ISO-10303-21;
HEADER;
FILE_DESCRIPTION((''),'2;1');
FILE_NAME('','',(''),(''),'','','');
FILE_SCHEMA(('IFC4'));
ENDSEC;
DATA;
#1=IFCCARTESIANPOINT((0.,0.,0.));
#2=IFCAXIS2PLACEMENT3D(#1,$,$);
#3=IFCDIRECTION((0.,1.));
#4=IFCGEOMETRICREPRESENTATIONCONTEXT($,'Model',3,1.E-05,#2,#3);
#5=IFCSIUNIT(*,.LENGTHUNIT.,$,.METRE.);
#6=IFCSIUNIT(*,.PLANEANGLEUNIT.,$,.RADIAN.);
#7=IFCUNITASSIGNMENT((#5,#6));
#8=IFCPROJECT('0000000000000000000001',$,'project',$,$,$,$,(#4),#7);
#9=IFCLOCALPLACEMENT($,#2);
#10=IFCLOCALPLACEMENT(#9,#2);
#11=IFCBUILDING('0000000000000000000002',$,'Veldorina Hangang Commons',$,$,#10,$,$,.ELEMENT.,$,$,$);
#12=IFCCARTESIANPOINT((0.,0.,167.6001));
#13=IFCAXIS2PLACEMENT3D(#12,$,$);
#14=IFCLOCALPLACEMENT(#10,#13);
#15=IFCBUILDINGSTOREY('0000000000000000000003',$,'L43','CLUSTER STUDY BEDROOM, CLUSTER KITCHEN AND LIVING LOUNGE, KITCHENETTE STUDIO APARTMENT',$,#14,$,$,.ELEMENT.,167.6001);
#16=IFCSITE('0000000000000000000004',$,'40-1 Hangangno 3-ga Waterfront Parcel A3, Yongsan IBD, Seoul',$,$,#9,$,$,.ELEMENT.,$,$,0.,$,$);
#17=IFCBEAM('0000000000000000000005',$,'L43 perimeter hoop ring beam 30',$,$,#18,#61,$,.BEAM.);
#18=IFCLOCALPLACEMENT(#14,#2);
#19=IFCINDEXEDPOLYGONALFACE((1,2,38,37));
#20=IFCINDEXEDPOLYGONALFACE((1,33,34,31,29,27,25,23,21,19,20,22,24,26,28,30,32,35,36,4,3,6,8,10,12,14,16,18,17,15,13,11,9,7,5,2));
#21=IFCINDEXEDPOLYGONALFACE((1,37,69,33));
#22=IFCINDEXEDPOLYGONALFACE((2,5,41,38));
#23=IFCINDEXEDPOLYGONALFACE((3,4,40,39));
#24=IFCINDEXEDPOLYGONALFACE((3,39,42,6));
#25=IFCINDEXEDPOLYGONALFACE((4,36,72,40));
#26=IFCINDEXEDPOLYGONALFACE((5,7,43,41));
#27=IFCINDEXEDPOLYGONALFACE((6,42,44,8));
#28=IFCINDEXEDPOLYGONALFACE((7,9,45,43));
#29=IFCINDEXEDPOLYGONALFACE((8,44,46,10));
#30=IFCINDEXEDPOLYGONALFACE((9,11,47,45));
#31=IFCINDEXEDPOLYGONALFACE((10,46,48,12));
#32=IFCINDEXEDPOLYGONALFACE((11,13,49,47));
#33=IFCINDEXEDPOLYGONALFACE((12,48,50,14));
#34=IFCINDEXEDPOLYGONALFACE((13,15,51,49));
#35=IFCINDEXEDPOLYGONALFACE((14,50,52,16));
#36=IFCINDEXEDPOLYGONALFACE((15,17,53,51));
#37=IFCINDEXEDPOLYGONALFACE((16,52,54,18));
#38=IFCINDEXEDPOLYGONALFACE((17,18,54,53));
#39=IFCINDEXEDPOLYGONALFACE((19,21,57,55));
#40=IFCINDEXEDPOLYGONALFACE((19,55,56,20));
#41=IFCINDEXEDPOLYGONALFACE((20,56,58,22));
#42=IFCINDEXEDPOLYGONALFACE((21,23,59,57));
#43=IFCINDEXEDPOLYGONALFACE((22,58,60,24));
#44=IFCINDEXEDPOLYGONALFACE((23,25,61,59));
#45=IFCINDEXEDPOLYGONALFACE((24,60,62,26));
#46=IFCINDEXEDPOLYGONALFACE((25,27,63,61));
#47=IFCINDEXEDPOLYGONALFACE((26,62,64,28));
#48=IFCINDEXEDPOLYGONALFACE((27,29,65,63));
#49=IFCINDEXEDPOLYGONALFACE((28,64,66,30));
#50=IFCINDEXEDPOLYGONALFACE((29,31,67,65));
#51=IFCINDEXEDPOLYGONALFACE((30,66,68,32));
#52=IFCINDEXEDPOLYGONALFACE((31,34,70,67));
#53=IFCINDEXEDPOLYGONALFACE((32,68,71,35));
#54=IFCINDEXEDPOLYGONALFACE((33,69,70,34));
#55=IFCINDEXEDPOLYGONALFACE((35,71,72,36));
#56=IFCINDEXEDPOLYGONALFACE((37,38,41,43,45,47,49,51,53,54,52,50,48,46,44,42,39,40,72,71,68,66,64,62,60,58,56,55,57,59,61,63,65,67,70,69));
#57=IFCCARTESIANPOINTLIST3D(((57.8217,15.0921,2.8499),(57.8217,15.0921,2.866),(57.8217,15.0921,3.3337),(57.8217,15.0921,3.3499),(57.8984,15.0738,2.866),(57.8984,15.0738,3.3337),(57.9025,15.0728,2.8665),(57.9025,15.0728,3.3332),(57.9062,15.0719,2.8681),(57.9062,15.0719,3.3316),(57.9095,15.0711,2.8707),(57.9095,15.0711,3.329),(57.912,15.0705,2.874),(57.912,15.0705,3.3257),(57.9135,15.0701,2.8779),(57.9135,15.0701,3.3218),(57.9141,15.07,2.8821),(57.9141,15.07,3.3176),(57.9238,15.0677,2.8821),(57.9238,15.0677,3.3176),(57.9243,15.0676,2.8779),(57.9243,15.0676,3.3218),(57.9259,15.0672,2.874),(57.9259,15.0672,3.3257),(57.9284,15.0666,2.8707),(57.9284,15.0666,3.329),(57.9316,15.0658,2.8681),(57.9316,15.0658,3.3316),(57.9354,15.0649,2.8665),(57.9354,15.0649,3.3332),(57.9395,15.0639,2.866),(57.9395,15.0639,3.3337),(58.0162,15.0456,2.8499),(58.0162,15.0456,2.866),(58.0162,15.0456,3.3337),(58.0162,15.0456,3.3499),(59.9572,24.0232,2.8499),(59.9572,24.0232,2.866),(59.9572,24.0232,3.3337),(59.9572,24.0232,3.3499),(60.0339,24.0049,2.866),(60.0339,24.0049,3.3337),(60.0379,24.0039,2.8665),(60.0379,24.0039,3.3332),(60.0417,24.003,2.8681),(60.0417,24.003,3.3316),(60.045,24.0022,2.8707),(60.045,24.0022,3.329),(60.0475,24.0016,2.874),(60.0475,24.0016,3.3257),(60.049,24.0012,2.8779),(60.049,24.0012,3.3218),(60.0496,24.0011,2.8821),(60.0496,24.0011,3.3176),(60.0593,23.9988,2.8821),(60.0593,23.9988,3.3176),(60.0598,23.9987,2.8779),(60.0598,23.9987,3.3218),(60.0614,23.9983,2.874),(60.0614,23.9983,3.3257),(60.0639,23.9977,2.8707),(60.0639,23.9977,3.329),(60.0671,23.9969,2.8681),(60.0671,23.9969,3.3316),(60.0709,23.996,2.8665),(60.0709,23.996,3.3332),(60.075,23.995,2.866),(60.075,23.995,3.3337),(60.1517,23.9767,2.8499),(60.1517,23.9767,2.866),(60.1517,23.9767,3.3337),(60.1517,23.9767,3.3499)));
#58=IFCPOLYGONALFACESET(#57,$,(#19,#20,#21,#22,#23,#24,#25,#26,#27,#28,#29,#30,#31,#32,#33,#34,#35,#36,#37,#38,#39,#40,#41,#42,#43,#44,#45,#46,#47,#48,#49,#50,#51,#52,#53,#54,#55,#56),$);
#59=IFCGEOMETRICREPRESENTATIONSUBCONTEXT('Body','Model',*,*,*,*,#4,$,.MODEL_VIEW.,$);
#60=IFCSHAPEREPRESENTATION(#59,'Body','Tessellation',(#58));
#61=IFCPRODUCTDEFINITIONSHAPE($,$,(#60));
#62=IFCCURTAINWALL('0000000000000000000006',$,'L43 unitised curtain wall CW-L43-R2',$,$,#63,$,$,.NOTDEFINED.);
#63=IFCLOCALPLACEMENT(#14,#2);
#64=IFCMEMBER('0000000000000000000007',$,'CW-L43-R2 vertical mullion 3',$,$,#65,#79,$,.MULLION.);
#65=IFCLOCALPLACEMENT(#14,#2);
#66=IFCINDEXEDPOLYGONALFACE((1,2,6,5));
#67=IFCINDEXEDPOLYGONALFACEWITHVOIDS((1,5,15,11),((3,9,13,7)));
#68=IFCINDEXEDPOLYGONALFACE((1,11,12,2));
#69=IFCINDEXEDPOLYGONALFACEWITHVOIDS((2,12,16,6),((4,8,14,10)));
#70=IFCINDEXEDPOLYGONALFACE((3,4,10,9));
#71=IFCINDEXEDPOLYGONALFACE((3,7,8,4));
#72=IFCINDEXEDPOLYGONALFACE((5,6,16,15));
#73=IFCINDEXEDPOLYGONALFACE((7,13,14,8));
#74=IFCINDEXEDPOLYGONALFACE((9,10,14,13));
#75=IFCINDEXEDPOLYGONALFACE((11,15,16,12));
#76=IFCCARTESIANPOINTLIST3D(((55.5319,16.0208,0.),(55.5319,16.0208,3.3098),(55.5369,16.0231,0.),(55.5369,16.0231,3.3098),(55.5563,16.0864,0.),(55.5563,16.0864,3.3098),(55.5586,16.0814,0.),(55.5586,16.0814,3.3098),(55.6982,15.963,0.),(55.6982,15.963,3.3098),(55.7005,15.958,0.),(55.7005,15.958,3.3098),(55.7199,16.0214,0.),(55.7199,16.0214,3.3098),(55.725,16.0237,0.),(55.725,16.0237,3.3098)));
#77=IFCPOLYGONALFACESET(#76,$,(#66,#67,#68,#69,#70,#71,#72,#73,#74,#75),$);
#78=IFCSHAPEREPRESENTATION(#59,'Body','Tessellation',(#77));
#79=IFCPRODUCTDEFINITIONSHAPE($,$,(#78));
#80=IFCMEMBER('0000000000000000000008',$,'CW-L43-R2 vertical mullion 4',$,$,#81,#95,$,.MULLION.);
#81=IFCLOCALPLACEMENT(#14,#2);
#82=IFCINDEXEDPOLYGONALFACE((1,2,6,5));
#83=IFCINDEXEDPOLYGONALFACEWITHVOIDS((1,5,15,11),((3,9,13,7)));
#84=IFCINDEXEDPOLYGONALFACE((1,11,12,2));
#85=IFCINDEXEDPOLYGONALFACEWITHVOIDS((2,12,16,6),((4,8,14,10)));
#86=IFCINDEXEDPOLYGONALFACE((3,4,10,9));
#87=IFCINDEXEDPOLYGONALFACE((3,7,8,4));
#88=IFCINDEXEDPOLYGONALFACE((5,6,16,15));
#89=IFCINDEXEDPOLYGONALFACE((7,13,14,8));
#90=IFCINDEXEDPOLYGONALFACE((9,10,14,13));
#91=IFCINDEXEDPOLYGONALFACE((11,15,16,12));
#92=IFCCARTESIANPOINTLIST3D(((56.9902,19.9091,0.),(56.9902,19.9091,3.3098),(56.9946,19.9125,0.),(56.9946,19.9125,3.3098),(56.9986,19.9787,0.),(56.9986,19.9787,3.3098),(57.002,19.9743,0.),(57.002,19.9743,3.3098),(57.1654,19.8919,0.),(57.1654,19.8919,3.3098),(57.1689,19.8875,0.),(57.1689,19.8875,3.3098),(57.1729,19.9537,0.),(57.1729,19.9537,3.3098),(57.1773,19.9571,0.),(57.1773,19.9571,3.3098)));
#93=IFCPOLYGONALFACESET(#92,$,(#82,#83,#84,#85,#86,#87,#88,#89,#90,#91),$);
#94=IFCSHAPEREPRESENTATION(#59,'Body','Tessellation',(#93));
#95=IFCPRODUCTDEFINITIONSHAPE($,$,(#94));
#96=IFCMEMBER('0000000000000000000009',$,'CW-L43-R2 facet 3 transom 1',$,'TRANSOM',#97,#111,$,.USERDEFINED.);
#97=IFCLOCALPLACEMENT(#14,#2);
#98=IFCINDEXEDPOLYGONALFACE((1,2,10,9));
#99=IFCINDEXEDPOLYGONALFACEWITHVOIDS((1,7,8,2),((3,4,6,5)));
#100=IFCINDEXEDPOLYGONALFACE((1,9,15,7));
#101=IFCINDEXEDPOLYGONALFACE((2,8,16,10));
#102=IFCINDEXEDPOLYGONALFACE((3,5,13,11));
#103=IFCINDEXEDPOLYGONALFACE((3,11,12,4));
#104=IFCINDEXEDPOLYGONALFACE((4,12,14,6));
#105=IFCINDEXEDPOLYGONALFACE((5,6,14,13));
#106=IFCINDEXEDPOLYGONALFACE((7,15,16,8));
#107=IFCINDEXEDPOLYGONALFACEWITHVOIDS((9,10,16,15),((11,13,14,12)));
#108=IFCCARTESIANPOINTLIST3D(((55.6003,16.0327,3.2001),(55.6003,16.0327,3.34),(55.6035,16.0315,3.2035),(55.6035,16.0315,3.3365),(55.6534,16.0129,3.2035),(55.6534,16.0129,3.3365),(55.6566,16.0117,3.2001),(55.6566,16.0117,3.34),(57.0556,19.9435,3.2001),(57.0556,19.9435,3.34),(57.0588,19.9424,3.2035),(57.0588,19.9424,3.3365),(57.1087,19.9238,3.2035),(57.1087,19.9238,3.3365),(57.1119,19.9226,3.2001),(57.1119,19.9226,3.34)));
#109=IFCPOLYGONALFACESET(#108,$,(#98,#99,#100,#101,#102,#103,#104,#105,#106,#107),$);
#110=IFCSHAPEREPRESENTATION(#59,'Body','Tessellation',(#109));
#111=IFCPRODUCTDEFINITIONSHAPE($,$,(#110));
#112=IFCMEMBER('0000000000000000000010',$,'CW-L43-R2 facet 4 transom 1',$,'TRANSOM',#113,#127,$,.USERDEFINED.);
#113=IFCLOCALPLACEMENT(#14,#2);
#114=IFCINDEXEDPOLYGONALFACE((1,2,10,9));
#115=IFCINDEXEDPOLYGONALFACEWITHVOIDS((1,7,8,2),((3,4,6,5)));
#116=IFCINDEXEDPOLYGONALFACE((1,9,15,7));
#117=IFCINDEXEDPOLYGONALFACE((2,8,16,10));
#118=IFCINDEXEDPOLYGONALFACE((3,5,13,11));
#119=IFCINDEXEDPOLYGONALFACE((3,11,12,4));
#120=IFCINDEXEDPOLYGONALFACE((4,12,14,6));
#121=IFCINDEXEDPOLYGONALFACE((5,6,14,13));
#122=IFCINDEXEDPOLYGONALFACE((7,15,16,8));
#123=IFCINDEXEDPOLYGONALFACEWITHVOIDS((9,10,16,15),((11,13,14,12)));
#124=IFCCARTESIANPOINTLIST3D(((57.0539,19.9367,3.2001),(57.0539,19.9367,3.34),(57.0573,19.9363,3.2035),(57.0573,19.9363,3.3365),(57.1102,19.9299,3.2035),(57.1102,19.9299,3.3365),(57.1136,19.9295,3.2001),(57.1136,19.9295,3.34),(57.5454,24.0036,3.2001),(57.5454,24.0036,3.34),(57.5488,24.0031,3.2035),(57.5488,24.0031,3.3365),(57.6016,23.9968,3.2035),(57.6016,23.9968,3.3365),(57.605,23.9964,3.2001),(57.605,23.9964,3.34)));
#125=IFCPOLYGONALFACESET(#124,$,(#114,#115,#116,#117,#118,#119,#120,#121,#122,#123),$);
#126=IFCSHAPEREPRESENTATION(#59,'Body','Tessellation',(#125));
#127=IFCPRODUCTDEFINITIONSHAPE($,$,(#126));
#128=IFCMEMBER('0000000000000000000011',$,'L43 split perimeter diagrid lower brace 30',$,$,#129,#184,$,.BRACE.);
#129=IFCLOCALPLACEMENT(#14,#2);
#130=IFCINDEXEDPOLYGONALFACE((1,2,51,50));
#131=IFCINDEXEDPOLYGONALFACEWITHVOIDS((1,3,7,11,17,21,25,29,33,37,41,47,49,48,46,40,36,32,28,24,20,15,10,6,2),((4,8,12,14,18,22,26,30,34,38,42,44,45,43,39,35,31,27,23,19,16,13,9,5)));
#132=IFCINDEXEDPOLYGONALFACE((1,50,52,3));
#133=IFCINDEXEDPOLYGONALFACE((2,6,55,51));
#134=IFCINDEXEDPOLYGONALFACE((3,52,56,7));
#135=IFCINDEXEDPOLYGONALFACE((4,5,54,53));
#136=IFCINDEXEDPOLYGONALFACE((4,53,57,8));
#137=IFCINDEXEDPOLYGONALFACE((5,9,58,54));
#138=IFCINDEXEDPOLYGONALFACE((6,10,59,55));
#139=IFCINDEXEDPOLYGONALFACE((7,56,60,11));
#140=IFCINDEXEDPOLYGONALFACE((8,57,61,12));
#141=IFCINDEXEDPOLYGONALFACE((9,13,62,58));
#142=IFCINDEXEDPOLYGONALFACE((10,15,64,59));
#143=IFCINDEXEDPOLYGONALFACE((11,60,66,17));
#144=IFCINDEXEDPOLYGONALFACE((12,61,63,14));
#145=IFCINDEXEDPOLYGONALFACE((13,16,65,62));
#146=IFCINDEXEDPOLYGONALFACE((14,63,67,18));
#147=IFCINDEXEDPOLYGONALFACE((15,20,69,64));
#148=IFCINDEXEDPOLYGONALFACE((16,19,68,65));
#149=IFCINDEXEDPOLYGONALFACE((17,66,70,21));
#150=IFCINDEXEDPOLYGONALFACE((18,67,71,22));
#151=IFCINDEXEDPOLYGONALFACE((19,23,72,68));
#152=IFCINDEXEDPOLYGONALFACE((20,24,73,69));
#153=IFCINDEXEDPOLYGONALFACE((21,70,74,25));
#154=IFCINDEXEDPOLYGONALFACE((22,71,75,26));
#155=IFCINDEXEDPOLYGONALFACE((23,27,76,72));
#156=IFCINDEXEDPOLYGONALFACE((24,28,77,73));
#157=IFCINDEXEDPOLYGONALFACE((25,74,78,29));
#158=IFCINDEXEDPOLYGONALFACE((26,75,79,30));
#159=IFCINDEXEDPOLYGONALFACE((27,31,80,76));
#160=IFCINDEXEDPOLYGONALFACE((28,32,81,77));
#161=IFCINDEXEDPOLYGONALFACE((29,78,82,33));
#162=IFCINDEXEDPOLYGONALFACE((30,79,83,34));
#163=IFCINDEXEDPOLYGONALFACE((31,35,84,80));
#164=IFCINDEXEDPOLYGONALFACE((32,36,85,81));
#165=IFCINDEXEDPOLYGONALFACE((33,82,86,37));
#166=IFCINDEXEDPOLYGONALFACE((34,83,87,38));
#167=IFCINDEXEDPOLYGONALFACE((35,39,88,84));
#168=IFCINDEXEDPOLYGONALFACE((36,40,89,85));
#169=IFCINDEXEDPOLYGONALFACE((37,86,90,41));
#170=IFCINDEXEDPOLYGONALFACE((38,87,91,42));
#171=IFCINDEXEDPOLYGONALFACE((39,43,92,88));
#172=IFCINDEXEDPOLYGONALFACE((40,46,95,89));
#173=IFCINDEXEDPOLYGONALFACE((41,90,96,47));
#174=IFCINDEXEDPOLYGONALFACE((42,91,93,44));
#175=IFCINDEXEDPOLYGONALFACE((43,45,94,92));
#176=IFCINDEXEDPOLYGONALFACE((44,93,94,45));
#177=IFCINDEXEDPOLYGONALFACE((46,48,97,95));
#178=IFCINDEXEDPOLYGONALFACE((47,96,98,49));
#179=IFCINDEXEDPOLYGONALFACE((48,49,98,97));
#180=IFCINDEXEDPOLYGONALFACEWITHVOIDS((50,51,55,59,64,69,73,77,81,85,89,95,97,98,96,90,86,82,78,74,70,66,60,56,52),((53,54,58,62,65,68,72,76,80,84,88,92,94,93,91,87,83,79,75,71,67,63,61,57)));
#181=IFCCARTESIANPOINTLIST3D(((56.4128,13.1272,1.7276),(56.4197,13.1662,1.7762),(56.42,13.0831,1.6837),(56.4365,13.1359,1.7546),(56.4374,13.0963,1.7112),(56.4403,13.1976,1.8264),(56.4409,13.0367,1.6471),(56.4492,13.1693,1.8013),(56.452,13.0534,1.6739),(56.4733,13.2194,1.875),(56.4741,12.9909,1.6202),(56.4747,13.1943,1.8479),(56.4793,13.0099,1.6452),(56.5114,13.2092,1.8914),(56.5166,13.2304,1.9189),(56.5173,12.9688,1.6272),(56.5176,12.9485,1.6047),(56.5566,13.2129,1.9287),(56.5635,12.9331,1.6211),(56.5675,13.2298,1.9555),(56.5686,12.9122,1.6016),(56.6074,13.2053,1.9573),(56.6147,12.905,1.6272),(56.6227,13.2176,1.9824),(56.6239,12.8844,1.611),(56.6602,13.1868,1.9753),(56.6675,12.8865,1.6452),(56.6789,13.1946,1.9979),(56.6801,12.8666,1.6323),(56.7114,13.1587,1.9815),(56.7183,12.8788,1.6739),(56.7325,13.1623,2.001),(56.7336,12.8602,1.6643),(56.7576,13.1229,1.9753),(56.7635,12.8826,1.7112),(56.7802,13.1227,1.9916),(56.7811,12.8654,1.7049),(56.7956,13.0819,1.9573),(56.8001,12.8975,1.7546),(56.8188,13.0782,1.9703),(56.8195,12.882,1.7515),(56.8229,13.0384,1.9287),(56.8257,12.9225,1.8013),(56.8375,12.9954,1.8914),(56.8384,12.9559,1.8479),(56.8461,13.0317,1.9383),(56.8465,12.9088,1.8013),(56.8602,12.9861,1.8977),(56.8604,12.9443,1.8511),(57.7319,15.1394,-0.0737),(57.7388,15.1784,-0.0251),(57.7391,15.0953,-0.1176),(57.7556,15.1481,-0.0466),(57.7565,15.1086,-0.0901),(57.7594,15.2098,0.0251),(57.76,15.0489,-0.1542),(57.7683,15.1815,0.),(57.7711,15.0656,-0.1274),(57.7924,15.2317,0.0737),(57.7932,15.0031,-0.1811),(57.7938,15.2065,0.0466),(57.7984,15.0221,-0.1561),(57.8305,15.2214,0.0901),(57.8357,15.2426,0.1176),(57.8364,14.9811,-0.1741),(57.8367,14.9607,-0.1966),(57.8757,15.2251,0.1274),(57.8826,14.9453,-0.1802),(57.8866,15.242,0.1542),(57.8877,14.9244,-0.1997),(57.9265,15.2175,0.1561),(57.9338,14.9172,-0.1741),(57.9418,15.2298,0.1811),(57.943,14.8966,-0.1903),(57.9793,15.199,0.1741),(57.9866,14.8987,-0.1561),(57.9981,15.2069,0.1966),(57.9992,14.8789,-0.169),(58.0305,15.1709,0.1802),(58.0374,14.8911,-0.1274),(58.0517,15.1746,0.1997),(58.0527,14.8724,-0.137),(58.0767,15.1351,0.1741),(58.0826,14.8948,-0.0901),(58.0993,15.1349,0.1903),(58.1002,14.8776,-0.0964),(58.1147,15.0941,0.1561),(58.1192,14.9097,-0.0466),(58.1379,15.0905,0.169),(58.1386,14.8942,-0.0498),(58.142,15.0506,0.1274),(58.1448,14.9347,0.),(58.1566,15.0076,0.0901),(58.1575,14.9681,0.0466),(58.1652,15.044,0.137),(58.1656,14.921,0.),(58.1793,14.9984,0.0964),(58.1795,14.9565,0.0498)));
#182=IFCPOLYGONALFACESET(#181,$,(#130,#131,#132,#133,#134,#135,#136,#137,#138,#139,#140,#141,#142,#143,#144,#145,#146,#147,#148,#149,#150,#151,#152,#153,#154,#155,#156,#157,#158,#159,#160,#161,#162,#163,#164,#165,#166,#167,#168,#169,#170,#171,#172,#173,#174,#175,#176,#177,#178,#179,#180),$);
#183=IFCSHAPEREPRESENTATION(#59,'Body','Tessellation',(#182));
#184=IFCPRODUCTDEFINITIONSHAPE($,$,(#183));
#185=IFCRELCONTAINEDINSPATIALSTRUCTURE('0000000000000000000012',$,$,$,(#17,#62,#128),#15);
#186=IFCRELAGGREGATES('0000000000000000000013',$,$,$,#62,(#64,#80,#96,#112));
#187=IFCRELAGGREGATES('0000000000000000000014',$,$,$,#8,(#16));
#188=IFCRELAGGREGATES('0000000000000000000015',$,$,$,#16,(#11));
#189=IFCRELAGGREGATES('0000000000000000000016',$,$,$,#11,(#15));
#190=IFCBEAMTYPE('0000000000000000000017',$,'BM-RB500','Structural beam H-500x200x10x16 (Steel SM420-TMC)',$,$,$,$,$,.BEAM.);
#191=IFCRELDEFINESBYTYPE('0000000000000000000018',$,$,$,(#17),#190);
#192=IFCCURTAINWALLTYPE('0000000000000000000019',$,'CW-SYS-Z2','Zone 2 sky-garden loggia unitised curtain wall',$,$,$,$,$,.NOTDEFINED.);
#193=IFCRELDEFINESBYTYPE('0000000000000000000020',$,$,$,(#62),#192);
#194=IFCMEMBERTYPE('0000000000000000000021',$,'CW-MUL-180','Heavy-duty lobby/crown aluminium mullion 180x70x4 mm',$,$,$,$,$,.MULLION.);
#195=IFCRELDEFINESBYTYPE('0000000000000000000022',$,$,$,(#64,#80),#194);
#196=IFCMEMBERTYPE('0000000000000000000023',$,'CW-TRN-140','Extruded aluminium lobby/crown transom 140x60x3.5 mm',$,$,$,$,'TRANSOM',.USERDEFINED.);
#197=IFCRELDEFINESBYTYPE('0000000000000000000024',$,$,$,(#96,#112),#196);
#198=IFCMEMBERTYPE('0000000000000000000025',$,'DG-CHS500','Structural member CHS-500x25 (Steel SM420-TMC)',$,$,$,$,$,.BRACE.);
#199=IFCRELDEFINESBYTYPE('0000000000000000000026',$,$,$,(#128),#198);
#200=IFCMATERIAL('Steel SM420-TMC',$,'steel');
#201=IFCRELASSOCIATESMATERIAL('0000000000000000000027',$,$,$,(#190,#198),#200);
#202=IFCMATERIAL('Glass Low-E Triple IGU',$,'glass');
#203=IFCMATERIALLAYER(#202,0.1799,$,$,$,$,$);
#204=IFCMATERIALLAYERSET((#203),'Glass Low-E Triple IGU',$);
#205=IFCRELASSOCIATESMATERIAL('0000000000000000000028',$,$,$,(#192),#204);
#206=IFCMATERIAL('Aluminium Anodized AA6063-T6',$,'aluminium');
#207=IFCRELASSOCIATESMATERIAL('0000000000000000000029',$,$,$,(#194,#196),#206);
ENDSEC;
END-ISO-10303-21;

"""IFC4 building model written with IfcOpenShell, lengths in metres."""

from ifc_helpers import new_model, si_unit, direction, frame, origin, origin_2d, place, context, subcontext, project, spatial, hollow_rectangle, hollow_circle, i_section, extrude, material, layer, layer_set, material_profile, profile_set, type_object, element, aggregate, save


model = new_model("IFC4")

# Units and contexts
model_context = context("Model", 3, precision=1e-05, world=origin(), true_north=direction((0.0, 1.0)))
body_context = subcontext(model_context, "Body", "Model", "MODEL_VIEW")
ifc_project = project(units=[si_unit("LENGTHUNIT", "METRE"), si_unit("PLANEANGLEUNIT", "RADIAN")], contexts=[model_context])

# Site, building, storey
site_placement = place(None, origin())
site = spatial("IfcSite", under=ifc_project, at=site_placement, Name="40-1 Hangangno 3-ga Waterfront Parcel A3, Yongsan IBD, Seoul", CompositionType="ELEMENT", RefElevation=0.0)
building_placement = place(site_placement, origin())
building = spatial("IfcBuilding", under=site, at=building_placement, Name="Veldorina Hangang Commons", CompositionType="ELEMENT")
storey_placement = place(building_placement, frame((0.0, 0.0, 167.6001)))
storey = spatial("IfcBuildingStorey", under=building, at=storey_placement, Name="L43", Description="CLUSTER STUDY BEDROOM, CLUSTER KITCHEN AND LIVING LOUNGE, KITCHENETTE STUDIO APARTMENT", CompositionType="ELEMENT", Elevation=167.6001)

# Beam
ifc_material_1 = material(Name="Steel SM420-TMC", Category="steel")
ifc_material_profile_1 = material_profile(ifc_material_1, i_section(OverallWidth=0.2, OverallDepth=0.5, WebThickness=0.01, FlangeThickness=0.0161, FilletRadius=0.0161, at=origin_2d()), Name="H-500x200x10x16")
ifc_profile_set_1 = profile_set([ifc_material_profile_1], Name="Steel SM420-TMC")
beam_type = type_object("IfcBeamType", Name="BM-RB500", Description="Structural beam H-500x200x10x16 (Steel SM420-TMC)", PredefinedType="BEAM", material=ifc_profile_set_1)
beam_placement = place(storey_placement, frame((57.9189, 15.0688, 3.0999), z_axis=(0.232551, 0.972584, 0.0), x_axis=(-0.972584, 0.232551, 0.0)))
element("IfcBeam", 1, at=beam_placement, inside=storey, type_object=beam_type, Name="L43 perimeter hoop ring beam 30", PredefinedType="BEAM", context=body_context, shape_type="SweptSolid", body=[
    extrude(i_section(OverallWidth=0.2, OverallDepth=0.5, WebThickness=0.01, FlangeThickness=0.0161, FilletRadius=0.0161, at=origin_2d()), origin(), (0.0, 0.0, 1.0), 9.1829),
])

# Curtain wall, members
ifc_material_2 = material(Name="Glass Low-E Triple IGU", Category="glass")
ifc_layer_1 = layer(ifc_material_2, 0.1799)
ifc_layer_set_1 = layer_set([ifc_layer_1], Name="Glass Low-E Triple IGU")
curtain_wall_type = type_object("IfcCurtainWallType", Name="CW-SYS-Z2", Description="Zone 2 sky-garden loggia unitised curtain wall", PredefinedType="NOTDEFINED", material=ifc_layer_set_1)
curtain_wall_placement = place(storey_placement, origin())
curtain_wall = element("IfcCurtainWall", 2, at=curtain_wall_placement, inside=storey, type_object=curtain_wall_type, Name="L43 unitised curtain wall CW-L43-R2", PredefinedType="NOTDEFINED")
ifc_material_3 = material(Name="Aluminium Anodized AA6063-T6", Category="aluminium")
ifc_material_profile_2 = material_profile(ifc_material_3, hollow_rectangle(XDim=0.0701, YDim=0.1799, WallThickness=0.0039, at=origin_2d()), Name="ALU-RHS-180x70x4")
ifc_profile_set_2 = profile_set([ifc_material_profile_2], Name="Aluminium Anodized AA6063-T6")
member_type_1 = type_object("IfcMemberType", Name="CW-MUL-180", Description="Heavy-duty lobby/crown aluminium mullion 180x70x4 mm", PredefinedType="MULLION", material=ifc_profile_set_2)
member_1_placement = place(storey_placement, frame((55.6284, 16.0222, 0.0), z_axis=(0.0, 0.0, 1.0), x_axis=(0.348785, 0.937203, 0.0)))
member_1 = element("IfcMember", 3, at=member_1_placement, type_object=member_type_1, Name="CW-L43-R2 vertical mullion 3", PredefinedType="MULLION", context=body_context, shape_type="SweptSolid", body=[
    extrude(hollow_rectangle(XDim=0.0701, YDim=0.1799, WallThickness=0.0039, at=origin_2d()), origin(), (0.0, 0.0, 1.0), 3.3098),
])
member_2_placement = place(storey_placement, frame((57.0837, 19.9331, 0.0), z_axis=(0.0, 0.0, 1.0), x_axis=(0.119946, 0.99278, 0.0)))
member_2 = element("IfcMember", 4, at=member_2_placement, type_object=member_type_1, Name="CW-L43-R2 vertical mullion 4", PredefinedType="MULLION", context=body_context, shape_type="SweptSolid", body=[
    extrude(hollow_rectangle(XDim=0.0701, YDim=0.1799, WallThickness=0.0039, at=origin_2d()), origin(), (0.0, 0.0, 1.0), 3.3098),
])
ifc_material_profile_3 = material_profile(ifc_material_3, hollow_rectangle(XDim=0.0601, YDim=0.1399, WallThickness=0.0034, at=origin_2d()), Name="ALU-RHS-140x60x3.5")
ifc_profile_set_3 = profile_set([ifc_material_profile_3], Name="Aluminium Anodized AA6063-T6")
member_type_2 = type_object("IfcMemberType", Name="CW-TRN-140", Description="Extruded aluminium lobby/crown transom 140x60x3.5 mm", ElementType="TRANSOM", PredefinedType="USERDEFINED", material=ifc_profile_set_3)
member_3_placement = place(storey_placement, frame((55.6284, 16.0222, 3.27), z_axis=(0.348756, 0.937213, 0.0), x_axis=(-0.937213, 0.348756, 0.0)))
member_3 = element("IfcMember", 5, at=member_3_placement, type_object=member_type_2, Name="CW-L43-R2 facet 3 transom 1", ObjectType="TRANSOM", PredefinedType="USERDEFINED", context=body_context, shape_type="SweptSolid", body=[
    extrude(hollow_rectangle(XDim=0.0601, YDim=0.1399, WallThickness=0.0034, at=origin_2d()), origin(), (0.0, 0.0, 1.0), 4.1729),
])
member_4_placement = place(storey_placement, frame((57.0837, 19.9331, 3.27), z_axis=(0.11997, 0.992778, 0.0), x_axis=(-0.992778, 0.11997, 0.0)))
member_4 = element("IfcMember", 6, at=member_4_placement, type_object=member_type_2, Name="CW-L43-R2 facet 4 transom 1", ObjectType="TRANSOM", PredefinedType="USERDEFINED", context=body_context, shape_type="SweptSolid", body=[
    extrude(hollow_rectangle(XDim=0.0601, YDim=0.1399, WallThickness=0.0034, at=origin_2d()), origin(), (0.0, 0.0, 1.0), 4.0964),
])

# Member
ifc_material_profile_4 = material_profile(ifc_material_1, hollow_circle(Radius=0.25, WallThickness=0.0249, at=origin_2d()), Name="CHS-500x25")
ifc_profile_set_4 = profile_set([ifc_material_profile_4], Name="Steel SM420-TMC")
member_type_3 = type_object("IfcMemberType", Name="DG-CHS500", Description="Structural member CHS-500x25 (Steel SM420-TMC)", PredefinedType="BRACE", material=ifc_profile_set_4)
member_5_placement = place(storey_placement, frame((57.9565, 15.0581, 0.0), z_axis=(-0.43888, -0.669489, 0.599307), x_axis=(0.836318, -0.548244, 0.0)))
element("IfcMember", 7, at=member_5_placement, inside=storey, type_object=member_type_3, Name="L43 split perimeter diagrid lower brace 30", PredefinedType="BRACE", context=body_context, shape_type="SweptSolid", body=[
    extrude(hollow_circle(Radius=0.25, WallThickness=0.0249, at=origin_2d()), origin(), (0.0, 0.0, 1.0), 3.0056),
])

aggregate(curtain_wall, [member_1, member_2, member_3, member_4])

save(model, "model.ifc")
